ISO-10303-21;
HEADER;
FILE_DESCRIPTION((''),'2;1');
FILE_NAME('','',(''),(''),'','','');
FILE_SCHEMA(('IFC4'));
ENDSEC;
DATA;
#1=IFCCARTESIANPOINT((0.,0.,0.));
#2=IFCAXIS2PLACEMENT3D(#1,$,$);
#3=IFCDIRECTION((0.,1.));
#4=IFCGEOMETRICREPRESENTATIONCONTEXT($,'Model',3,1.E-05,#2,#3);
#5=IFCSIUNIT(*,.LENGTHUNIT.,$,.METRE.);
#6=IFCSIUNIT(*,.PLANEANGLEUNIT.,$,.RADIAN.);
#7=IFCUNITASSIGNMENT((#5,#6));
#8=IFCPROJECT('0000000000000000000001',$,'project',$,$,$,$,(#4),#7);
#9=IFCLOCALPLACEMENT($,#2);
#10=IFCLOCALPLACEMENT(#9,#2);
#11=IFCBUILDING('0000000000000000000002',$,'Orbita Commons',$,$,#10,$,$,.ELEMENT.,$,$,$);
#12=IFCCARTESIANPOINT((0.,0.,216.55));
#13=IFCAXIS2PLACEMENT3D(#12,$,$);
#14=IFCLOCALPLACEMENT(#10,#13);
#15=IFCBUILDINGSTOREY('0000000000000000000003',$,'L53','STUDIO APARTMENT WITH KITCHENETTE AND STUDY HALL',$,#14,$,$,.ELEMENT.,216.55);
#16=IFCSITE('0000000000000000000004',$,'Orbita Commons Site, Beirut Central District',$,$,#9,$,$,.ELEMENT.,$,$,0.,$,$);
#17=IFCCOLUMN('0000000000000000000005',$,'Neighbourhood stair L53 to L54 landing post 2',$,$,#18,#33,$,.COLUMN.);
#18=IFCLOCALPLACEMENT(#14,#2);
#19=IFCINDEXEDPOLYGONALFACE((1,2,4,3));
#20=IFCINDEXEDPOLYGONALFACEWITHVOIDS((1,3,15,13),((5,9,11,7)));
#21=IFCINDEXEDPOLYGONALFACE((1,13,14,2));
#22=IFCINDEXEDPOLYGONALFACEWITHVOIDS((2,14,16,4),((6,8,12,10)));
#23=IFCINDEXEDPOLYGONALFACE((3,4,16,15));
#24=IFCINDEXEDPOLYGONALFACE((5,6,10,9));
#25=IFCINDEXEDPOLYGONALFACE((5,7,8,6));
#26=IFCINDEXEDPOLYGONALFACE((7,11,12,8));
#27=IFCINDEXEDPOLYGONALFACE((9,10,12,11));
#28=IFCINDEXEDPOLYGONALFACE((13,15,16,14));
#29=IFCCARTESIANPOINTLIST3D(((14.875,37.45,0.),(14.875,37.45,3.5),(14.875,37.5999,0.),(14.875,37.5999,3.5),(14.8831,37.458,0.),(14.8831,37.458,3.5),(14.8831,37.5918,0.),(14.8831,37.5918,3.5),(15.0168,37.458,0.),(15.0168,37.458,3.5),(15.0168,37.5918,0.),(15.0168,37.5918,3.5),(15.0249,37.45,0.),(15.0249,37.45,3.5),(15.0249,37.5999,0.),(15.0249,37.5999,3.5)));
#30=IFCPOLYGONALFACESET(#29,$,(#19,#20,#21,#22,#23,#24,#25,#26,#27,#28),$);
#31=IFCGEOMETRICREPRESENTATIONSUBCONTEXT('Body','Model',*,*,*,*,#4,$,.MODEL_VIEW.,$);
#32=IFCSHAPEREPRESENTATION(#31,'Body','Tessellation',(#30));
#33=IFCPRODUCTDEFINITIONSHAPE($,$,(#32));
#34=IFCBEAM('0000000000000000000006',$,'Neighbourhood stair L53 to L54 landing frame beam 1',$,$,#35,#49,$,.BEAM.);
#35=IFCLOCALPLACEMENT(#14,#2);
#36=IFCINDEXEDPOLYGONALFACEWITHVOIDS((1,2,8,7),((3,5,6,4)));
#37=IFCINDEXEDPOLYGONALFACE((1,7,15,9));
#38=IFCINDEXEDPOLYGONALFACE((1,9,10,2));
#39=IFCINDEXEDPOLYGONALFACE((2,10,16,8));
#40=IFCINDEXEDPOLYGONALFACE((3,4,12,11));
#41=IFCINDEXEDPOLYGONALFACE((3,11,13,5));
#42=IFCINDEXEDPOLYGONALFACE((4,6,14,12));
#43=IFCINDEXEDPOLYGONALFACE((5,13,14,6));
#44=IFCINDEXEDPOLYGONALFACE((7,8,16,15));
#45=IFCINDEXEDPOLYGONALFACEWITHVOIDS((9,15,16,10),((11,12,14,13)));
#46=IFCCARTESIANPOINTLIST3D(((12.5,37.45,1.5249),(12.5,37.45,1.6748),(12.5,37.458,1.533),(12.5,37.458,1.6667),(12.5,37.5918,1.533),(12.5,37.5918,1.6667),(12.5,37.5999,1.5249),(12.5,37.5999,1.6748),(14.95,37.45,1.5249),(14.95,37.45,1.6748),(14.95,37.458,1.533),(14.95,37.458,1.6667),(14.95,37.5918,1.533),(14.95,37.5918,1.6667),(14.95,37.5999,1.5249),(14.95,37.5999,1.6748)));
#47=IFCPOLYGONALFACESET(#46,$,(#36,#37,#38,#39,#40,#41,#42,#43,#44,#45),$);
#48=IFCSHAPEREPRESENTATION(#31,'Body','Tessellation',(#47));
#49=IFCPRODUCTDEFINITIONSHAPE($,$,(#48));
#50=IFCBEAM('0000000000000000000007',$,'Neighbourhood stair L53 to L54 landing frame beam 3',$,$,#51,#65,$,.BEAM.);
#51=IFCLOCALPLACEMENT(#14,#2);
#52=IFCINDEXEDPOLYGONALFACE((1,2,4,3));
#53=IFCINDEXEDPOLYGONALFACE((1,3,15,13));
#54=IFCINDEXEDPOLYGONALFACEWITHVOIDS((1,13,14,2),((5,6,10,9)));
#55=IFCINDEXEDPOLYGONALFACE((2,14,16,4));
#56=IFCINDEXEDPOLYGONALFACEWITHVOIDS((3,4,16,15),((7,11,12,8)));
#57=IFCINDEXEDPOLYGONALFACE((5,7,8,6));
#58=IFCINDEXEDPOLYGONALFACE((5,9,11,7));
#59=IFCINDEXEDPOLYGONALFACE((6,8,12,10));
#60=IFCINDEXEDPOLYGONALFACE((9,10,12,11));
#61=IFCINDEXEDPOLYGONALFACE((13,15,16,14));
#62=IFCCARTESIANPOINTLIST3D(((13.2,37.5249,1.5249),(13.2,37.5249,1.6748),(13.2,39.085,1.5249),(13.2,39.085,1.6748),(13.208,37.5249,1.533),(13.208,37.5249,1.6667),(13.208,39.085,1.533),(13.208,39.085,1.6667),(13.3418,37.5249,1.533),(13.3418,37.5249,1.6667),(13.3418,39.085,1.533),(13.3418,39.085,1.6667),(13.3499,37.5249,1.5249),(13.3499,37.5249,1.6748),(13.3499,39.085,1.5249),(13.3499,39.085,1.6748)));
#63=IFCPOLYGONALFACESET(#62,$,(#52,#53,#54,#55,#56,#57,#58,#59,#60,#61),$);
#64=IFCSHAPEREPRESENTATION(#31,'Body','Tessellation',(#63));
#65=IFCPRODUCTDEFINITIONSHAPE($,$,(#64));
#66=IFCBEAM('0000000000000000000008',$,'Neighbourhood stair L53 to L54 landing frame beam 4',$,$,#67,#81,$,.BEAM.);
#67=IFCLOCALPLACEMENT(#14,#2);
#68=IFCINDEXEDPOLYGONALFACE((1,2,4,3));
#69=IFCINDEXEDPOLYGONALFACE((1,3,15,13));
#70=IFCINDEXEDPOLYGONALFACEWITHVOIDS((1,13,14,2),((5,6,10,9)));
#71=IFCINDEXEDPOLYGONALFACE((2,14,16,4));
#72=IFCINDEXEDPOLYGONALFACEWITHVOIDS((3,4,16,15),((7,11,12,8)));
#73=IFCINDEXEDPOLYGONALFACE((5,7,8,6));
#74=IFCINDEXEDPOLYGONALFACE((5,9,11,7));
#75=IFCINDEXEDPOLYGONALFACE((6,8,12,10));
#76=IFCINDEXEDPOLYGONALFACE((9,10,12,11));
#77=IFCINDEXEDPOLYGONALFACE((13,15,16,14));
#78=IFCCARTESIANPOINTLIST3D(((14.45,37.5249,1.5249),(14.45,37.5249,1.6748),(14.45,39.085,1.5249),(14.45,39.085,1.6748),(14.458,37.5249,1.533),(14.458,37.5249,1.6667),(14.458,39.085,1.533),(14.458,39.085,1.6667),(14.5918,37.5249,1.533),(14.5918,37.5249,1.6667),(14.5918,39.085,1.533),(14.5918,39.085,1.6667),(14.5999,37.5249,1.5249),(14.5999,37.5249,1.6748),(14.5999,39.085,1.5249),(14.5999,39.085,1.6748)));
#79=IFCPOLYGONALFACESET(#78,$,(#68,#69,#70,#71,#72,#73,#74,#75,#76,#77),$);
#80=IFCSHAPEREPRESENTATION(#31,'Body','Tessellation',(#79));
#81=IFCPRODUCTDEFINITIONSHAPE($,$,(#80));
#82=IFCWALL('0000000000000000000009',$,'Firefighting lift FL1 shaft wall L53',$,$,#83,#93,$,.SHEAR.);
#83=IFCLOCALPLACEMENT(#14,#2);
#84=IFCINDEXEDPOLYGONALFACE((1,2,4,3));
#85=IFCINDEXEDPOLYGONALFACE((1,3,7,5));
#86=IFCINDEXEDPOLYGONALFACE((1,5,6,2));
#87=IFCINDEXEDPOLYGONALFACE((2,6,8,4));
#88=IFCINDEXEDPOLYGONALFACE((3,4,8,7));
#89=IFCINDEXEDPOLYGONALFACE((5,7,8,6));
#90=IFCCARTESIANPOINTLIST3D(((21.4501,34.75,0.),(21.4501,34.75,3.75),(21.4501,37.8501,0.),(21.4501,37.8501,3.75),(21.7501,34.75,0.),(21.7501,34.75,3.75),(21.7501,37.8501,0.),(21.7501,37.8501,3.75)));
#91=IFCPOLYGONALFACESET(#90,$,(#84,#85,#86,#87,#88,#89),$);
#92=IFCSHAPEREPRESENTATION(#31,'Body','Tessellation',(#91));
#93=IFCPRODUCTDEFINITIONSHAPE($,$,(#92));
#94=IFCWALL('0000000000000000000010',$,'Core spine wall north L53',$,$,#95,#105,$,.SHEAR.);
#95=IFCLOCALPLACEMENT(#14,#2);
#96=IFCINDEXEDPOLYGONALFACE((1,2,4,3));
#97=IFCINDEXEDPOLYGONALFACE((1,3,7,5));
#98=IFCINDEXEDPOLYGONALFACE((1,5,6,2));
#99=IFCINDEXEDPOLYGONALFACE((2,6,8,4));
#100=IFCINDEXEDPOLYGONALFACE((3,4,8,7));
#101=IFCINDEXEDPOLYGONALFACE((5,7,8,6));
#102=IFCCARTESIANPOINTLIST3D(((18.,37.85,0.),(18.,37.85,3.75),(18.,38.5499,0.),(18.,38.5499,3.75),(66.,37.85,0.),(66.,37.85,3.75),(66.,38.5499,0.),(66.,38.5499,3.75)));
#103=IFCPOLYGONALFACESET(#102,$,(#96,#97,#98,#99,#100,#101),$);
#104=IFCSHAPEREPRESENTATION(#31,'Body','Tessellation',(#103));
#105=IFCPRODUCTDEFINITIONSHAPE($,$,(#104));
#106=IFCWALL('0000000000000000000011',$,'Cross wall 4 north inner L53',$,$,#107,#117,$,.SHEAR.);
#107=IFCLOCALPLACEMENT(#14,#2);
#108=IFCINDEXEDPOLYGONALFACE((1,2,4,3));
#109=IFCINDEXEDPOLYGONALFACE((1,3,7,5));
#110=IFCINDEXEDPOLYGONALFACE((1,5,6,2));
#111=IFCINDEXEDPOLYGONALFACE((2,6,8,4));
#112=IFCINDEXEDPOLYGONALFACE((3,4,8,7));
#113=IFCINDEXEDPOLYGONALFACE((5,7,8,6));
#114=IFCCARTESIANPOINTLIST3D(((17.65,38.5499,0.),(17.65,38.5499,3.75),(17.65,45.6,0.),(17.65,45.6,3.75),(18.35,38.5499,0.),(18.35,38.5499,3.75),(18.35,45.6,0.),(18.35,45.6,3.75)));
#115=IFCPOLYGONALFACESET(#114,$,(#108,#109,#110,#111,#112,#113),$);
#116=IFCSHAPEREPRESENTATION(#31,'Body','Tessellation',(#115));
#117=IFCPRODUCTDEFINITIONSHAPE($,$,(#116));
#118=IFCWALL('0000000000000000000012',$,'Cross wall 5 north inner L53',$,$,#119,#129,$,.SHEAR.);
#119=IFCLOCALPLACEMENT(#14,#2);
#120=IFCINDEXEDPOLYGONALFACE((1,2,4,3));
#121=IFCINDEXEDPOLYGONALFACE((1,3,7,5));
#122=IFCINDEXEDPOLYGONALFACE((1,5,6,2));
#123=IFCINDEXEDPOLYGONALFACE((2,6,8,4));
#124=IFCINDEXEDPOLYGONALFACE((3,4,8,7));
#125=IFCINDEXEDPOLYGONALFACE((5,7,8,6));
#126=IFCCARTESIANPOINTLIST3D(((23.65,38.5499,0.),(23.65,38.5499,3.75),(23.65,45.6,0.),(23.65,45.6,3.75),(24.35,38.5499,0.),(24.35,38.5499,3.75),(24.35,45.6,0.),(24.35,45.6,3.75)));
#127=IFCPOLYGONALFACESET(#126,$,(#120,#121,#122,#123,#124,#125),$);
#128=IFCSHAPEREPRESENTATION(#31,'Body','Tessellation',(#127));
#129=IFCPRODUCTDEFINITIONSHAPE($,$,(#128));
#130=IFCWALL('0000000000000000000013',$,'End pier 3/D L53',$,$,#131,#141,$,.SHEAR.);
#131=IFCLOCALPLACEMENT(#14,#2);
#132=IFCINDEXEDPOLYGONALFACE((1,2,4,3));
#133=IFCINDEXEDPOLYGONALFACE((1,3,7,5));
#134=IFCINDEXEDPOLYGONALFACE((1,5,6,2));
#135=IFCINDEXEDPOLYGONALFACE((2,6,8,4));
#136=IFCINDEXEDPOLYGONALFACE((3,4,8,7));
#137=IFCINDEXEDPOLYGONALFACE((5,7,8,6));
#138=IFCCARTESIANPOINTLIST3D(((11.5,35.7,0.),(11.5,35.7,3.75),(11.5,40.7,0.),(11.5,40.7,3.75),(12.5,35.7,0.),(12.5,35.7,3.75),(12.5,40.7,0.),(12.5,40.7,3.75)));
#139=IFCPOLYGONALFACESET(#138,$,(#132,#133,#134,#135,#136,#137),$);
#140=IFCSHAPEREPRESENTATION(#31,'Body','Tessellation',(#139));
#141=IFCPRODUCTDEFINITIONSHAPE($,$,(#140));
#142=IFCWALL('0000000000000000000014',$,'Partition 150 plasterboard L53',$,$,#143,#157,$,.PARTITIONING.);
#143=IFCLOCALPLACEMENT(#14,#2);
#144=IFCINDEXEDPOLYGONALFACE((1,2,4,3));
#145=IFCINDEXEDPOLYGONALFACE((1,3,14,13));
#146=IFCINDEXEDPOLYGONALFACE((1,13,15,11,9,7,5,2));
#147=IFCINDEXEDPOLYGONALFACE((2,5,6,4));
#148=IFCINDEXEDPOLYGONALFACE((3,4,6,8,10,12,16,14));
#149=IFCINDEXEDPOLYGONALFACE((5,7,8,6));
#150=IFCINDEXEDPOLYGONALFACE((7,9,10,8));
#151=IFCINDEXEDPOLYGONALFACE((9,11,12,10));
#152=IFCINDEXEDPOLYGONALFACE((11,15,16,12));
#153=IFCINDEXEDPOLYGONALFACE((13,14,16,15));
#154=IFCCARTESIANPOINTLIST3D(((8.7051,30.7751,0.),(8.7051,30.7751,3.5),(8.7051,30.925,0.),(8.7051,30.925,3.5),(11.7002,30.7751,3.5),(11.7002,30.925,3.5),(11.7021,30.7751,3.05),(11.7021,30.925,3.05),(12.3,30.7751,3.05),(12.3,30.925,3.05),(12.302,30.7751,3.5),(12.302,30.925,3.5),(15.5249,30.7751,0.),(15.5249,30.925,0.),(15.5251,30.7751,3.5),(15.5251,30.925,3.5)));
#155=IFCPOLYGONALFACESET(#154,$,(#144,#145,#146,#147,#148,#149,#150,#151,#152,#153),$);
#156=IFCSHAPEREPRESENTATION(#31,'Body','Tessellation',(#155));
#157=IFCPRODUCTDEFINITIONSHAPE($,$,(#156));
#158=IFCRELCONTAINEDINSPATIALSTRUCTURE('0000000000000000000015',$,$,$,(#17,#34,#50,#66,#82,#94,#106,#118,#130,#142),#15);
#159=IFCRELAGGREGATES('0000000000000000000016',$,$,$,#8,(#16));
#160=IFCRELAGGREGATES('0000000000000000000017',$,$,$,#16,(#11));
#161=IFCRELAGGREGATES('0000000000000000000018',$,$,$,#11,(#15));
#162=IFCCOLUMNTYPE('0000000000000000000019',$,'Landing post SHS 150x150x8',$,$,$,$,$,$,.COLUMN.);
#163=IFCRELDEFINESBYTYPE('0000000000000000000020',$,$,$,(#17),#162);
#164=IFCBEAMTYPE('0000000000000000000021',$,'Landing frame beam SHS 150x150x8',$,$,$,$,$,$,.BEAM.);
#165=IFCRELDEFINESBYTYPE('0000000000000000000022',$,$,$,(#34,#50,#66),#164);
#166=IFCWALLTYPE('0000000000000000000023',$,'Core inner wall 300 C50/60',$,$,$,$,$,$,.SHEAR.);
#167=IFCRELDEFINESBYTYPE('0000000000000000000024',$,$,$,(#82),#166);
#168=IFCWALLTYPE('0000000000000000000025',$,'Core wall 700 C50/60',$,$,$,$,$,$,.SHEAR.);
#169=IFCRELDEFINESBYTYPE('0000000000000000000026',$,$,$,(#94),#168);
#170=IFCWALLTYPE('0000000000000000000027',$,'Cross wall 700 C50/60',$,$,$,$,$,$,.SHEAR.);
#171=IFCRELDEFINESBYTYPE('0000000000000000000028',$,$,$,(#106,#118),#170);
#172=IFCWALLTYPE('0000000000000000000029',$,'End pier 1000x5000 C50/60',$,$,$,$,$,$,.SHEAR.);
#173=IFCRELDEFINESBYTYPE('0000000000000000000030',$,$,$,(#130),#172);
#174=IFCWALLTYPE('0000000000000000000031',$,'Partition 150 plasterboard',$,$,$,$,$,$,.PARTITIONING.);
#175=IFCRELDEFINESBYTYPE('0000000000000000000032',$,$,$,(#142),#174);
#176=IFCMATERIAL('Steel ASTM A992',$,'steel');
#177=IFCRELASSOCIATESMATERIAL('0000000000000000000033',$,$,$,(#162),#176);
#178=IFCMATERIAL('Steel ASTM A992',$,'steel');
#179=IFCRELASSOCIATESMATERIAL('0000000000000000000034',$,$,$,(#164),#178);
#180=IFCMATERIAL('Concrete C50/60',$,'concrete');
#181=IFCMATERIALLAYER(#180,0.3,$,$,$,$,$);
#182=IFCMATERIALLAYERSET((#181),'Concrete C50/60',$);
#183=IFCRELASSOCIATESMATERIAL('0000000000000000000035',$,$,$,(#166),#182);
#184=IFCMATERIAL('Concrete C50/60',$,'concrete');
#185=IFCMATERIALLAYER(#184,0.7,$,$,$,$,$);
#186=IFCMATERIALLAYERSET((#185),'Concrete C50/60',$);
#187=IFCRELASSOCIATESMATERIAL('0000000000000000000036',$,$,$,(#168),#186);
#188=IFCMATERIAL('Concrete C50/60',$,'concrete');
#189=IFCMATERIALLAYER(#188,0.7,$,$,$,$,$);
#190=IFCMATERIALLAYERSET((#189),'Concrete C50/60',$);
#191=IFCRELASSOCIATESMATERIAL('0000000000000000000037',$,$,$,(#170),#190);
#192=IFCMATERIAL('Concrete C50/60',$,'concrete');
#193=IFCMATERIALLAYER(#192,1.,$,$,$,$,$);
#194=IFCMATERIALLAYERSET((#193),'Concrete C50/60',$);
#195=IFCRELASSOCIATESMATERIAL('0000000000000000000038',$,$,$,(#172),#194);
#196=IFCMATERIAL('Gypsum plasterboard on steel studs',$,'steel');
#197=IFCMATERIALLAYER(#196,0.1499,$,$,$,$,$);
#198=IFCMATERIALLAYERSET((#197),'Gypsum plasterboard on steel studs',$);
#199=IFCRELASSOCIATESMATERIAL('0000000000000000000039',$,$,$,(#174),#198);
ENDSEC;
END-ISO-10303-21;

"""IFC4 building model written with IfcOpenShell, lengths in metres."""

from ifc_helpers import new_model, si_unit, direction, frame, frame_2d, origin, origin_2d, place, context, subcontext, project, spatial, polyline, rectangle, hollow_rectangle, outline, extrude, material, layer, layer_set, material_profile, profile_set, type_object, element, save


model = new_model("IFC4")

# Units and contexts
model_context = context("Model", 3, precision=1e-05, world=origin(), true_north=direction((0.0, 1.0)))
body_context = subcontext(model_context, "Body", "Model", "MODEL_VIEW")
ifc_project = project(units=[si_unit("LENGTHUNIT", "METRE"), si_unit("PLANEANGLEUNIT", "RADIAN")], contexts=[model_context])

# Site, building, storey
site_placement = place(None, origin())
site = spatial("IfcSite", under=ifc_project, at=site_placement, Name="Orbita Commons Site, Beirut Central District", CompositionType="ELEMENT", RefElevation=0.0)
building_placement = place(site_placement, origin())
building = spatial("IfcBuilding", under=site, at=building_placement, Name="Orbita Commons", CompositionType="ELEMENT")
storey_placement = place(building_placement, frame((0.0, 0.0, 216.55)))
storey = spatial("IfcBuildingStorey", under=building, at=storey_placement, Name="L53", Description="STUDIO APARTMENT WITH KITCHENETTE AND STUDY HALL", CompositionType="ELEMENT", Elevation=216.55)

# Column
ifc_material_1 = material(Name="Steel ASTM A992", Category="steel")
ifc_material_profile_1 = material_profile(ifc_material_1, hollow_rectangle(XDim=0.1499, YDim=0.1499, WallThickness=0.0081, at=origin_2d()), Name="SHS 150x150x8")
ifc_profile_set_1 = profile_set([ifc_material_profile_1], Name="Steel ASTM A992")
column_type = type_object("IfcColumnType", Name="Landing post SHS 150x150x8", PredefinedType="COLUMN", material=ifc_profile_set_1)
column_placement = place(storey_placement, frame((14.95, 37.5249, 0.0), z_axis=(0.0, 0.0, 1.0), x_axis=(1.0, 0.0, 0.0)))
element("IfcColumn", 1, at=column_placement, inside=storey, type_object=column_type, Name="Neighbourhood stair L53 to L54 landing post 2", PredefinedType="COLUMN", context=body_context, shape_type="SweptSolid", body=[
    extrude(hollow_rectangle(XDim=0.1499, YDim=0.1499, WallThickness=0.0081, at=origin_2d()), origin(), (0.0, 0.0, 1.0), 3.5),
])

# Beams
ifc_material_2 = material(Name="Steel ASTM A992", Category="steel")
ifc_material_profile_2 = material_profile(ifc_material_2, hollow_rectangle(XDim=0.1499, YDim=0.1499, WallThickness=0.0081, at=origin_2d()), Name="SHS 150x150x8")
ifc_profile_set_2 = profile_set([ifc_material_profile_2], Name="Steel ASTM A992")
beam_type = type_object("IfcBeamType", Name="Landing frame beam SHS 150x150x8", PredefinedType="BEAM", material=ifc_profile_set_2)
beam_placement = place(storey_placement, frame((12.5, 37.5249, 1.5999), z_axis=(1.0, 0.0, 0.0), x_axis=(0.0, 1.0, 0.0)))
element("IfcBeam", 2, at=beam_placement, inside=storey, type_object=beam_type, Name="Neighbourhood stair L53 to L54 landing frame beam 1", PredefinedType="BEAM", context=body_context, shape_type="SweptSolid", body=[
    extrude(hollow_rectangle(XDim=0.1499, YDim=0.1499, WallThickness=0.0081, at=origin_2d()), origin(), (0.0, 0.0, 1.0), 2.45),
])
for number, where, z_axis, x_axis, name in (
    (3, (13.2749, 37.5249, 1.5999), (0.0, 1.0, 0.0), (-1.0, 0.0, 0.0), "Neighbourhood stair L53 to L54 landing frame beam 3"),
    (4, (14.5249, 37.5249, 1.5999), (0.0, 1.0, 0.0), (-1.0, 0.0, 0.0), "Neighbourhood stair L53 to L54 landing frame beam 4"),
):
    element("IfcBeam", number, at=place(storey_placement, frame(where, z_axis=z_axis, x_axis=x_axis)), inside=storey, type_object=beam_type, Name=name, PredefinedType="BEAM", context=body_context, shape_type="SweptSolid", body=[
        extrude(hollow_rectangle(XDim=0.1499, YDim=0.1499, WallThickness=0.0081, at=origin_2d()), origin(), (0.0, 0.0, 1.0), 1.5601),
    ])

# Shared definitions
ifc_material_3 = material(Name="Concrete C50/60", Category="concrete")
ifc_layer_1 = layer(ifc_material_3, 0.3)
ifc_layer_set_1 = layer_set([ifc_layer_1], Name="Concrete C50/60")
wall_type_1 = type_object("IfcWallType", Name="Core inner wall 300 C50/60", PredefinedType="SHEAR", material=ifc_layer_set_1)

# Walls
wall_1_placement = place(storey_placement, frame((21.6001, 34.75, 0.0), z_axis=(0.0, 0.0, 1.0), x_axis=(0.0, 1.0, 0.0)))
element("IfcWall", 5, at=wall_1_placement, inside=storey, type_object=wall_type_1, Name="Firefighting lift FL1 shaft wall L53", PredefinedType="SHEAR", context=body_context, shape_type="SweptSolid", body=[
    extrude(rectangle(XDim=3.1001, YDim=0.3, at=frame_2d((1.55, 0.0))), origin(), (0.0, 0.0, 1.0), 3.75),
])
ifc_material_4 = material(Name="Concrete C50/60", Category="concrete")
ifc_layer_2 = layer(ifc_material_4, 0.7)
ifc_layer_set_2 = layer_set([ifc_layer_2], Name="Concrete C50/60")
wall_type_2 = type_object("IfcWallType", Name="Core wall 700 C50/60", PredefinedType="SHEAR", material=ifc_layer_set_2)
wall_2_placement = place(storey_placement, frame((18.0, 38.2, 0.0), z_axis=(0.0, 0.0, 1.0), x_axis=(1.0, 0.0, 0.0)))
element("IfcWall", 6, at=wall_2_placement, inside=storey, type_object=wall_type_2, Name="Core spine wall north L53", PredefinedType="SHEAR", context=body_context, shape_type="SweptSolid", body=[
    extrude(rectangle(XDim=48.0, YDim=0.7, at=frame_2d((24.0, 0.0))), origin(), (0.0, 0.0, 1.0), 3.75),
])
ifc_material_5 = material(Name="Concrete C50/60", Category="concrete")
ifc_layer_3 = layer(ifc_material_5, 0.7)
ifc_layer_set_3 = layer_set([ifc_layer_3], Name="Concrete C50/60")
wall_type_3 = type_object("IfcWallType", Name="Cross wall 700 C50/60", PredefinedType="SHEAR", material=ifc_layer_set_3)
for number, where, z_axis, x_axis, name in (
    (7, (18.0, 38.55, 0.0), (0.0, 0.0, 1.0), (0.0, 1.0, 0.0), "Cross wall 4 north inner L53"),
    (8, (24.0, 38.55, 0.0), (0.0, 0.0, 1.0), (0.0, 1.0, 0.0), "Cross wall 5 north inner L53"),
):
    element("IfcWall", number, at=place(storey_placement, frame(where, z_axis=z_axis, x_axis=x_axis)), inside=storey, type_object=wall_type_3, Name=name, PredefinedType="SHEAR", context=body_context, shape_type="SweptSolid", body=[
        extrude(rectangle(XDim=7.05, YDim=0.7, at=frame_2d((3.5249, 0.0))), origin(), (0.0, 0.0, 1.0), 3.75),
    ])
ifc_material_6 = material(Name="Concrete C50/60", Category="concrete")
ifc_layer_4 = layer(ifc_material_6, 1.0)
ifc_layer_set_4 = layer_set([ifc_layer_4], Name="Concrete C50/60")
wall_type_4 = type_object("IfcWallType", Name="End pier 1000x5000 C50/60", PredefinedType="SHEAR", material=ifc_layer_set_4)
wall_3_placement = place(storey_placement, frame((12.0, 35.7, 0.0), z_axis=(0.0, 0.0, 1.0), x_axis=(0.0, 1.0, 0.0)))
element("IfcWall", 9, at=wall_3_placement, inside=storey, type_object=wall_type_4, Name="End pier 3/D L53", PredefinedType="SHEAR", context=body_context, shape_type="SweptSolid", body=[
    extrude(rectangle(XDim=5.0, YDim=1.0, at=frame_2d((2.5, 0.0))), origin(), (0.0, 0.0, 1.0), 3.75),
])
ifc_material_7 = material(Name="Gypsum plasterboard on steel studs", Category="steel")
ifc_layer_5 = layer(ifc_material_7, 0.1499)
ifc_layer_set_5 = layer_set([ifc_layer_5], Name="Gypsum plasterboard on steel studs")
wall_type_5 = type_object("IfcWallType", Name="Partition 150 plasterboard", PredefinedType="PARTITIONING", material=ifc_layer_set_5)
wall_4_placement = place(storey_placement, frame((8.7051, 30.8501, 0.0), z_axis=(0.0, 0.0, 1.0), x_axis=(1.0, 0.0, 0.0)))
element("IfcWall", 10, at=wall_4_placement, inside=storey, type_object=wall_type_5, Name="Partition 150 plasterboard L53", PredefinedType="PARTITIONING", context=body_context, shape_type="SweptSolid", body=[
    extrude(outline(polyline([(0.0, 0.0), (6.8198, 0.0), (6.8201, 3.5), (3.5969, 3.5), (3.595, 3.05), (2.9971, 3.05), (2.9951, 3.5), (0.0, 3.5), (0.0, 0.0)])), frame((0.0, 0.075, 0.0), z_axis=(0.0, -1.0, 0.0), x_axis=(1.0, 0.0, 0.0)), (0.0, 0.0, 1.0), 0.1499),
])

save(model, "model.ifc")
